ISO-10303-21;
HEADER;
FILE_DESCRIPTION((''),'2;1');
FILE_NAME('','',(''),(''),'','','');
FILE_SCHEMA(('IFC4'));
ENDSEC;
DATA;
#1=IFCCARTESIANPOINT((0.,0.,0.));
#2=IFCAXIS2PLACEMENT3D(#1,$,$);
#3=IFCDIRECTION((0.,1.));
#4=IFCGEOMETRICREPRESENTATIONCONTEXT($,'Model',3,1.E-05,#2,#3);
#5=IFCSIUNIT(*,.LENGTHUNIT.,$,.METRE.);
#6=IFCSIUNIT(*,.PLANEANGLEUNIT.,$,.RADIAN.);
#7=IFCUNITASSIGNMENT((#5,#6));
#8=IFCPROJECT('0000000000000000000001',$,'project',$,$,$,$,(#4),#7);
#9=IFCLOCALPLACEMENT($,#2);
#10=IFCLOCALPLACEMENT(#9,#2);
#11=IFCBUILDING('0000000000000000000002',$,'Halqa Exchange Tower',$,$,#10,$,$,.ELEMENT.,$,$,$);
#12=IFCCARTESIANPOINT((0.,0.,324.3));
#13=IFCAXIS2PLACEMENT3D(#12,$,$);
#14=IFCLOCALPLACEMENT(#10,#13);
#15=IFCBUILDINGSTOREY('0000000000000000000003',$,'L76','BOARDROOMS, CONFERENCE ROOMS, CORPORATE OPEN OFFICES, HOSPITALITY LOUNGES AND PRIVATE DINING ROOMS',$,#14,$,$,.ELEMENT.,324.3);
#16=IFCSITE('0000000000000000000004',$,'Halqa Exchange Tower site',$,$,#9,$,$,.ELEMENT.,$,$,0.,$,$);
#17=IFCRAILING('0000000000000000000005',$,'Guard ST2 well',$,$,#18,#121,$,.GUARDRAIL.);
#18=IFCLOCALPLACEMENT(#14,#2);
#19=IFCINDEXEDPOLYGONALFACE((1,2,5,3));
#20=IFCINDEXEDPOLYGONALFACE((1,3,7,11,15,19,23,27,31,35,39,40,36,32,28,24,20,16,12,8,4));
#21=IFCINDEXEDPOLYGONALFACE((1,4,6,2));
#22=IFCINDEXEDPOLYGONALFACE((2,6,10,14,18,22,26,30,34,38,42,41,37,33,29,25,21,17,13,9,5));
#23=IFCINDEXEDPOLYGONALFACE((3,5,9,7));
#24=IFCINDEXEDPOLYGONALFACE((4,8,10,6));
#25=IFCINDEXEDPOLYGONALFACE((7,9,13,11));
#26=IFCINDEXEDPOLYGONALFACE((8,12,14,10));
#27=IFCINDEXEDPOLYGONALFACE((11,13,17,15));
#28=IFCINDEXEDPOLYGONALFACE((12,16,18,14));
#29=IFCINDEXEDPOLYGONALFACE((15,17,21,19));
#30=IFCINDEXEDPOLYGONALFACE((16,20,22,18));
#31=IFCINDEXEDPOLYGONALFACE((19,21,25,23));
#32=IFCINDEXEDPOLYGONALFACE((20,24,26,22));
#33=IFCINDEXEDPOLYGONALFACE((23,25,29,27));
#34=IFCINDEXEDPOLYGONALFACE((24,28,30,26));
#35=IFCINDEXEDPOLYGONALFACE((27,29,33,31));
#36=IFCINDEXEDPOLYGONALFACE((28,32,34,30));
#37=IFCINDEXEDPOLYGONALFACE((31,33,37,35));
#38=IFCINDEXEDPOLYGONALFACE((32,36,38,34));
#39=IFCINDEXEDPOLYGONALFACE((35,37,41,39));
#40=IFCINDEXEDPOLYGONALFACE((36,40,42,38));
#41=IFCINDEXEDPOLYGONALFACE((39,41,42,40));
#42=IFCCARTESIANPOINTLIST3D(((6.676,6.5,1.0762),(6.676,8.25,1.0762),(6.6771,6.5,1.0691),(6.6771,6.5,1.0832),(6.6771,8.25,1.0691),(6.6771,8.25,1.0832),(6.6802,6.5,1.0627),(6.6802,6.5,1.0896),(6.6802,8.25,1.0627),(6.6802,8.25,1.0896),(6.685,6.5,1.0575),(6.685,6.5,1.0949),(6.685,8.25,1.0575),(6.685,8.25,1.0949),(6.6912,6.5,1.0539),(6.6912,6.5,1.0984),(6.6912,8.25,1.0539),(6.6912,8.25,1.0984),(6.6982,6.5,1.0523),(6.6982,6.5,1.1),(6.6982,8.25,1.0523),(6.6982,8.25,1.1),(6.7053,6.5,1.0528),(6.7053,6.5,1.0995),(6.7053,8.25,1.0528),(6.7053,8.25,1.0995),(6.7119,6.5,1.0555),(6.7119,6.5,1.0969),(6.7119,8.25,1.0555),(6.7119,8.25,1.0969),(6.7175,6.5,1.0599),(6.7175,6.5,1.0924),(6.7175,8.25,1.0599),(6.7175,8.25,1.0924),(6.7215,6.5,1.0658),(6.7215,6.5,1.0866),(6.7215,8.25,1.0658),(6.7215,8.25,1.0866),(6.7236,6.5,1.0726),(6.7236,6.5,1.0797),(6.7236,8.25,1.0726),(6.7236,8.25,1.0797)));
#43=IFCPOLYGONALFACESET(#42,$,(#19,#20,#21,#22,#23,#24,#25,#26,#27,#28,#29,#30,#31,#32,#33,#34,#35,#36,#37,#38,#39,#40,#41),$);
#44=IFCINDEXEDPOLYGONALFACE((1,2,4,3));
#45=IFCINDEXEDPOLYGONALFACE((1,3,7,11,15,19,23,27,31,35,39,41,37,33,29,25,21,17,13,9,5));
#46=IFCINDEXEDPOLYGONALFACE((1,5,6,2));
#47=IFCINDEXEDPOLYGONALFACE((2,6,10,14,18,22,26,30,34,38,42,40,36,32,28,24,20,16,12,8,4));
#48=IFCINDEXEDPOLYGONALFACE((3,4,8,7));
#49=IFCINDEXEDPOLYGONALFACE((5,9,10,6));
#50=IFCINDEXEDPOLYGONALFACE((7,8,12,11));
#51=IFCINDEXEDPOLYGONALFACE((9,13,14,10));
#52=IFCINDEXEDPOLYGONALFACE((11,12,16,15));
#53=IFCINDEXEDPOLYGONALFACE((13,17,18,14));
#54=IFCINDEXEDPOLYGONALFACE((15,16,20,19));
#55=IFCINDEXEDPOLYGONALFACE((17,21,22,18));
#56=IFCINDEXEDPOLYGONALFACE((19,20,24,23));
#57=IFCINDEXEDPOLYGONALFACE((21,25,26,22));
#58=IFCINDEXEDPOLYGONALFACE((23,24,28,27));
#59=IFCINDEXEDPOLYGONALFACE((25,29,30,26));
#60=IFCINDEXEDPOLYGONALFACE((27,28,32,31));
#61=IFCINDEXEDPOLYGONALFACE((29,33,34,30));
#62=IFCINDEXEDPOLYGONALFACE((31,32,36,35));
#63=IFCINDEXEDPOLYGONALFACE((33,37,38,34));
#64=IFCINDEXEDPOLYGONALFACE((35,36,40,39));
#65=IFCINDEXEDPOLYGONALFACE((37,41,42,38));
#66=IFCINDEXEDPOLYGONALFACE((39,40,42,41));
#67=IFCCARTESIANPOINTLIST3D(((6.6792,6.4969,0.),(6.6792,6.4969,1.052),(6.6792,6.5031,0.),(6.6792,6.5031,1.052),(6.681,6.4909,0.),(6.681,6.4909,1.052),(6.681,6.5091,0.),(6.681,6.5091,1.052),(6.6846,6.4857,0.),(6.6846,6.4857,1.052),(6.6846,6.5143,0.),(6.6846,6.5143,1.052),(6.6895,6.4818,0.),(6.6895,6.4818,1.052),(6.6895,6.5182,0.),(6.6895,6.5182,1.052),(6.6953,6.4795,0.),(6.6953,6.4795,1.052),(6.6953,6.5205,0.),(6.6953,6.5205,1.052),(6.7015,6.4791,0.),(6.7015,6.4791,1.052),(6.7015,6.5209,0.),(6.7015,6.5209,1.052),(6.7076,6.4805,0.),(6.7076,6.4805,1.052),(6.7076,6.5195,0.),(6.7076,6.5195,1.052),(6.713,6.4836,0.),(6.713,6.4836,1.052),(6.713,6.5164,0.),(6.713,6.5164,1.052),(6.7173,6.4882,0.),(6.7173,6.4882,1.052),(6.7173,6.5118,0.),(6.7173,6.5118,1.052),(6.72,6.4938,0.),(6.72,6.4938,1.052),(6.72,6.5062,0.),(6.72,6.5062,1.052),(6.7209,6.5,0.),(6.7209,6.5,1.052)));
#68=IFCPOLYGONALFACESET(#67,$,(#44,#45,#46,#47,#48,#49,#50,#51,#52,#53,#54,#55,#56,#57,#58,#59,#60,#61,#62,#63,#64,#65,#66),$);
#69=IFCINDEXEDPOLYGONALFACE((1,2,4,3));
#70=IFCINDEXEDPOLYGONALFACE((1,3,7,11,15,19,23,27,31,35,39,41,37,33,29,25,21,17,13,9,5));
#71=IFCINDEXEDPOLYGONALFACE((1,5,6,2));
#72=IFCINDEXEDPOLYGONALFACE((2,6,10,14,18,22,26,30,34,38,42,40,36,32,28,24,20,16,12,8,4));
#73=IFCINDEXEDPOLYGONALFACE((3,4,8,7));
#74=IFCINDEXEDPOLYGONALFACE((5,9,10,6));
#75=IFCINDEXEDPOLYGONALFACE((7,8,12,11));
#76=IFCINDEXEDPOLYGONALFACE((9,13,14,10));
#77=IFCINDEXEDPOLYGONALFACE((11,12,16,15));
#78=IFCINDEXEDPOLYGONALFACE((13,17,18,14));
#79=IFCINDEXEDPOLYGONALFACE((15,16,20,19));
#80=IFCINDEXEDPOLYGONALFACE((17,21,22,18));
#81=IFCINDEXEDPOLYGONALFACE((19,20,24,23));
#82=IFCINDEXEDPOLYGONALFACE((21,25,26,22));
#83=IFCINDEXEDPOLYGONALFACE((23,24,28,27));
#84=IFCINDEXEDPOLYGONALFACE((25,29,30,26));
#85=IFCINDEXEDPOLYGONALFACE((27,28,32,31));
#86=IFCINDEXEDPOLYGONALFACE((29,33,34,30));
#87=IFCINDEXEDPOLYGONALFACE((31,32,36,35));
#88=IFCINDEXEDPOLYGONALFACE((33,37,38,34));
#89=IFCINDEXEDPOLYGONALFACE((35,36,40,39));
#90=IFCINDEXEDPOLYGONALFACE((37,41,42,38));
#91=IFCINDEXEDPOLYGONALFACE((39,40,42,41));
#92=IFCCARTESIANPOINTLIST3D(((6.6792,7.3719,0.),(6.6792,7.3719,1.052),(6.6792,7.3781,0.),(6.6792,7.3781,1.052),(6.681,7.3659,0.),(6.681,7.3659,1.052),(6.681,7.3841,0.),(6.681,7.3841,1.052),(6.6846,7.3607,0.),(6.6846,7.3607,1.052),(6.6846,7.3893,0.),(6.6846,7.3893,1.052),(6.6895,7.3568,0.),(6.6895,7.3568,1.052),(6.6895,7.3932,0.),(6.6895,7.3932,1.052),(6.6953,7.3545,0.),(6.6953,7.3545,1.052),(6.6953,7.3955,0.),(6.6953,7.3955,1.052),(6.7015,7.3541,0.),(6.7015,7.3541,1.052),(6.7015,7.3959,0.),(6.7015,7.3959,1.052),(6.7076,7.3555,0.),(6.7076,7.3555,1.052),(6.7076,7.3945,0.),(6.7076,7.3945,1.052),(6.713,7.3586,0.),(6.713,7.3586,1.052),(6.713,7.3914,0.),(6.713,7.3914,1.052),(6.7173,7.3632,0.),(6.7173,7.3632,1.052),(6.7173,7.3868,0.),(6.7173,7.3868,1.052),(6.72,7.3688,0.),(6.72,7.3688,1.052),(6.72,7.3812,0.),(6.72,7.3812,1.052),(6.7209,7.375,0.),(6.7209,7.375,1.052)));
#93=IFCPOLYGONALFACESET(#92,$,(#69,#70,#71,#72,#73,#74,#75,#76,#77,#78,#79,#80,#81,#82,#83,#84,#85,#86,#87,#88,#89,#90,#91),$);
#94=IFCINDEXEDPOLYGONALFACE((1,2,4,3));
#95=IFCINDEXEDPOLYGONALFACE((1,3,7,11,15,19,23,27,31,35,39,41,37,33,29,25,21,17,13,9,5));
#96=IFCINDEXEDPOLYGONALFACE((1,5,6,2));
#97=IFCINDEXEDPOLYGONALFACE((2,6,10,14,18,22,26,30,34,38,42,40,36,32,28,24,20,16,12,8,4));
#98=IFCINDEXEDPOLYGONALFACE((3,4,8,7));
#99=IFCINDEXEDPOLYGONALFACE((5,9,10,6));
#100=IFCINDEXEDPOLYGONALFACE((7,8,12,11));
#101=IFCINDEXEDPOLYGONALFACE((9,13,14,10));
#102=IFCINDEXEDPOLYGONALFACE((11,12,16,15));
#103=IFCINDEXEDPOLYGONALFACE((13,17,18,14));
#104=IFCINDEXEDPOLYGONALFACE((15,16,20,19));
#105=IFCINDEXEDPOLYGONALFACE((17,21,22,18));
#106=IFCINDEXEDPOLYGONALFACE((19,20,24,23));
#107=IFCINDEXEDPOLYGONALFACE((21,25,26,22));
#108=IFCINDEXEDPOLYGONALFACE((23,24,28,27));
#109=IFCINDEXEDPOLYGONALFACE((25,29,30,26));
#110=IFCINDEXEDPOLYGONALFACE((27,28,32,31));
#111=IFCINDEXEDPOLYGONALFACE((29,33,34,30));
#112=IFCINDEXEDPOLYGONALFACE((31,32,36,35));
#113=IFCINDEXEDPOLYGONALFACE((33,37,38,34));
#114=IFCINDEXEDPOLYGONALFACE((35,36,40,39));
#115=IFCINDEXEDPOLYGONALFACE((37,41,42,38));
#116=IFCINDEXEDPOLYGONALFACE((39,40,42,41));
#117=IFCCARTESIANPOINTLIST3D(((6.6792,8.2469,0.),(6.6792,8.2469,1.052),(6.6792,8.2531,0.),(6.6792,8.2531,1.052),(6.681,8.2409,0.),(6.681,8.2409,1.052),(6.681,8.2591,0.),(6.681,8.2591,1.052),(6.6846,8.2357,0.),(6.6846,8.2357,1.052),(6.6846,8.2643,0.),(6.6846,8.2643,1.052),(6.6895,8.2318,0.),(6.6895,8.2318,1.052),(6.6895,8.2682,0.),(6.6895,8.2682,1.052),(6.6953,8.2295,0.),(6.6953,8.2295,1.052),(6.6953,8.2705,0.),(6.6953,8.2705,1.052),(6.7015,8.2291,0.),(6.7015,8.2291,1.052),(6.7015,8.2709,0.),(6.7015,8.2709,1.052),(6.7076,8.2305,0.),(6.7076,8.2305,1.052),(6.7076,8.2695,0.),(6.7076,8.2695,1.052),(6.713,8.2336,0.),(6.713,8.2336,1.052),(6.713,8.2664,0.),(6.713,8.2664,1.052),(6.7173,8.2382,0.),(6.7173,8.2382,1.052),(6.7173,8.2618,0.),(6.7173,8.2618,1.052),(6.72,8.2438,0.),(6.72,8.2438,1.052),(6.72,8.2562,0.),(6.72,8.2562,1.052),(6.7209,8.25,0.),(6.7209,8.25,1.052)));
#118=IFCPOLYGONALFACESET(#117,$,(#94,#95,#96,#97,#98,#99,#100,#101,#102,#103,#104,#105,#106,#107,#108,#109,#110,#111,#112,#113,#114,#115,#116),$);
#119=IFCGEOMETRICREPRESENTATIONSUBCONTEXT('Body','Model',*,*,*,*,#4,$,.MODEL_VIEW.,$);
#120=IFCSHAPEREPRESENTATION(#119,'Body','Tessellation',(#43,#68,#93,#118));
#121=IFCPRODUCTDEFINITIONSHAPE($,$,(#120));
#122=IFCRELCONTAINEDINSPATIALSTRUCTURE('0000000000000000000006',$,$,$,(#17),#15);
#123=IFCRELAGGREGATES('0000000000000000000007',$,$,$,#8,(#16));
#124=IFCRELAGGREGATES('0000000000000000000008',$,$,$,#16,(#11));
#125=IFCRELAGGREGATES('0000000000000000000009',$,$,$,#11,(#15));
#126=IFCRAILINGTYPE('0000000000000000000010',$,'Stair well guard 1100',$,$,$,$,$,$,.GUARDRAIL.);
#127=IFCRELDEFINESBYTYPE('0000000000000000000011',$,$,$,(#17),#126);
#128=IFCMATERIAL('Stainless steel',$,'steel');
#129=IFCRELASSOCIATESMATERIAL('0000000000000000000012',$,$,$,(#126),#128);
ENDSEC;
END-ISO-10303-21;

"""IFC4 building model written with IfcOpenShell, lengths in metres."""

from ifc_helpers import new_model, si_unit, direction, frame, origin, origin_2d, place, context, subcontext, project, spatial, circle, extrude, material, type_object, element, save


model = new_model("IFC4")

# Units and contexts
model_context = context("Model", 3, precision=1e-05, world=origin(), true_north=direction((0.0, 1.0)))
body_context = subcontext(model_context, "Body", "Model", "MODEL_VIEW")
ifc_project = project(units=[si_unit("LENGTHUNIT", "METRE"), si_unit("PLANEANGLEUNIT", "RADIAN")], contexts=[model_context])

# Site, building, storey
site_placement = place(None, origin())
site = spatial("IfcSite", under=ifc_project, at=site_placement, Name="Halqa Exchange Tower site", CompositionType="ELEMENT", RefElevation=0.0)
building_placement = place(site_placement, origin())
building = spatial("IfcBuilding", under=site, at=building_placement, Name="Halqa Exchange Tower", CompositionType="ELEMENT")
storey_placement = place(building_placement, frame((0.0, 0.0, 324.3)))
storey = spatial("IfcBuildingStorey", under=building, at=storey_placement, Name="L76", Description="BOARDROOMS, CONFERENCE ROOMS, CORPORATE OPEN OFFICES, HOSPITALITY LOUNGES AND PRIVATE DINING ROOMS", CompositionType="ELEMENT", Elevation=324.3)

# Railing
ifc_material_1 = material(Name="Stainless steel", Category="steel")
railing_type_1 = type_object("IfcRailingType", Name="Stair well guard 1100", PredefinedType="GUARDRAIL", material=ifc_material_1)
railing_1_placement = place(storey_placement, frame((6.7, 6.5, 0.0)))
element("IfcRailing", 1, at=railing_1_placement, inside=storey, type_object=railing_type_1, Name="Guard ST2 well", PredefinedType="GUARDRAIL", context=body_context, shape_type="SweptSolid", body=[
    extrude(circle(Radius=0.0239, at=origin_2d()), frame((0.0, 0.0, 1.0762), z_axis=(0.0, 1.0, 0.0), x_axis=(-1.0, 0.0, 0.0)), (0.0, 0.0, 1.0), 1.75),
    extrude(circle(Radius=0.021, at=origin_2d()), origin(), (0.0, 0.0, 1.0), 1.052),
    extrude(circle(Radius=0.021, at=origin_2d()), frame((0.0, 0.875, 0.0)), (0.0, 0.0, 1.0), 1.052),
    extrude(circle(Radius=0.021, at=origin_2d()), frame((0.0, 1.75, 0.0)), (0.0, 0.0, 1.0), 1.052),
])

save(model, "model.ifc")
